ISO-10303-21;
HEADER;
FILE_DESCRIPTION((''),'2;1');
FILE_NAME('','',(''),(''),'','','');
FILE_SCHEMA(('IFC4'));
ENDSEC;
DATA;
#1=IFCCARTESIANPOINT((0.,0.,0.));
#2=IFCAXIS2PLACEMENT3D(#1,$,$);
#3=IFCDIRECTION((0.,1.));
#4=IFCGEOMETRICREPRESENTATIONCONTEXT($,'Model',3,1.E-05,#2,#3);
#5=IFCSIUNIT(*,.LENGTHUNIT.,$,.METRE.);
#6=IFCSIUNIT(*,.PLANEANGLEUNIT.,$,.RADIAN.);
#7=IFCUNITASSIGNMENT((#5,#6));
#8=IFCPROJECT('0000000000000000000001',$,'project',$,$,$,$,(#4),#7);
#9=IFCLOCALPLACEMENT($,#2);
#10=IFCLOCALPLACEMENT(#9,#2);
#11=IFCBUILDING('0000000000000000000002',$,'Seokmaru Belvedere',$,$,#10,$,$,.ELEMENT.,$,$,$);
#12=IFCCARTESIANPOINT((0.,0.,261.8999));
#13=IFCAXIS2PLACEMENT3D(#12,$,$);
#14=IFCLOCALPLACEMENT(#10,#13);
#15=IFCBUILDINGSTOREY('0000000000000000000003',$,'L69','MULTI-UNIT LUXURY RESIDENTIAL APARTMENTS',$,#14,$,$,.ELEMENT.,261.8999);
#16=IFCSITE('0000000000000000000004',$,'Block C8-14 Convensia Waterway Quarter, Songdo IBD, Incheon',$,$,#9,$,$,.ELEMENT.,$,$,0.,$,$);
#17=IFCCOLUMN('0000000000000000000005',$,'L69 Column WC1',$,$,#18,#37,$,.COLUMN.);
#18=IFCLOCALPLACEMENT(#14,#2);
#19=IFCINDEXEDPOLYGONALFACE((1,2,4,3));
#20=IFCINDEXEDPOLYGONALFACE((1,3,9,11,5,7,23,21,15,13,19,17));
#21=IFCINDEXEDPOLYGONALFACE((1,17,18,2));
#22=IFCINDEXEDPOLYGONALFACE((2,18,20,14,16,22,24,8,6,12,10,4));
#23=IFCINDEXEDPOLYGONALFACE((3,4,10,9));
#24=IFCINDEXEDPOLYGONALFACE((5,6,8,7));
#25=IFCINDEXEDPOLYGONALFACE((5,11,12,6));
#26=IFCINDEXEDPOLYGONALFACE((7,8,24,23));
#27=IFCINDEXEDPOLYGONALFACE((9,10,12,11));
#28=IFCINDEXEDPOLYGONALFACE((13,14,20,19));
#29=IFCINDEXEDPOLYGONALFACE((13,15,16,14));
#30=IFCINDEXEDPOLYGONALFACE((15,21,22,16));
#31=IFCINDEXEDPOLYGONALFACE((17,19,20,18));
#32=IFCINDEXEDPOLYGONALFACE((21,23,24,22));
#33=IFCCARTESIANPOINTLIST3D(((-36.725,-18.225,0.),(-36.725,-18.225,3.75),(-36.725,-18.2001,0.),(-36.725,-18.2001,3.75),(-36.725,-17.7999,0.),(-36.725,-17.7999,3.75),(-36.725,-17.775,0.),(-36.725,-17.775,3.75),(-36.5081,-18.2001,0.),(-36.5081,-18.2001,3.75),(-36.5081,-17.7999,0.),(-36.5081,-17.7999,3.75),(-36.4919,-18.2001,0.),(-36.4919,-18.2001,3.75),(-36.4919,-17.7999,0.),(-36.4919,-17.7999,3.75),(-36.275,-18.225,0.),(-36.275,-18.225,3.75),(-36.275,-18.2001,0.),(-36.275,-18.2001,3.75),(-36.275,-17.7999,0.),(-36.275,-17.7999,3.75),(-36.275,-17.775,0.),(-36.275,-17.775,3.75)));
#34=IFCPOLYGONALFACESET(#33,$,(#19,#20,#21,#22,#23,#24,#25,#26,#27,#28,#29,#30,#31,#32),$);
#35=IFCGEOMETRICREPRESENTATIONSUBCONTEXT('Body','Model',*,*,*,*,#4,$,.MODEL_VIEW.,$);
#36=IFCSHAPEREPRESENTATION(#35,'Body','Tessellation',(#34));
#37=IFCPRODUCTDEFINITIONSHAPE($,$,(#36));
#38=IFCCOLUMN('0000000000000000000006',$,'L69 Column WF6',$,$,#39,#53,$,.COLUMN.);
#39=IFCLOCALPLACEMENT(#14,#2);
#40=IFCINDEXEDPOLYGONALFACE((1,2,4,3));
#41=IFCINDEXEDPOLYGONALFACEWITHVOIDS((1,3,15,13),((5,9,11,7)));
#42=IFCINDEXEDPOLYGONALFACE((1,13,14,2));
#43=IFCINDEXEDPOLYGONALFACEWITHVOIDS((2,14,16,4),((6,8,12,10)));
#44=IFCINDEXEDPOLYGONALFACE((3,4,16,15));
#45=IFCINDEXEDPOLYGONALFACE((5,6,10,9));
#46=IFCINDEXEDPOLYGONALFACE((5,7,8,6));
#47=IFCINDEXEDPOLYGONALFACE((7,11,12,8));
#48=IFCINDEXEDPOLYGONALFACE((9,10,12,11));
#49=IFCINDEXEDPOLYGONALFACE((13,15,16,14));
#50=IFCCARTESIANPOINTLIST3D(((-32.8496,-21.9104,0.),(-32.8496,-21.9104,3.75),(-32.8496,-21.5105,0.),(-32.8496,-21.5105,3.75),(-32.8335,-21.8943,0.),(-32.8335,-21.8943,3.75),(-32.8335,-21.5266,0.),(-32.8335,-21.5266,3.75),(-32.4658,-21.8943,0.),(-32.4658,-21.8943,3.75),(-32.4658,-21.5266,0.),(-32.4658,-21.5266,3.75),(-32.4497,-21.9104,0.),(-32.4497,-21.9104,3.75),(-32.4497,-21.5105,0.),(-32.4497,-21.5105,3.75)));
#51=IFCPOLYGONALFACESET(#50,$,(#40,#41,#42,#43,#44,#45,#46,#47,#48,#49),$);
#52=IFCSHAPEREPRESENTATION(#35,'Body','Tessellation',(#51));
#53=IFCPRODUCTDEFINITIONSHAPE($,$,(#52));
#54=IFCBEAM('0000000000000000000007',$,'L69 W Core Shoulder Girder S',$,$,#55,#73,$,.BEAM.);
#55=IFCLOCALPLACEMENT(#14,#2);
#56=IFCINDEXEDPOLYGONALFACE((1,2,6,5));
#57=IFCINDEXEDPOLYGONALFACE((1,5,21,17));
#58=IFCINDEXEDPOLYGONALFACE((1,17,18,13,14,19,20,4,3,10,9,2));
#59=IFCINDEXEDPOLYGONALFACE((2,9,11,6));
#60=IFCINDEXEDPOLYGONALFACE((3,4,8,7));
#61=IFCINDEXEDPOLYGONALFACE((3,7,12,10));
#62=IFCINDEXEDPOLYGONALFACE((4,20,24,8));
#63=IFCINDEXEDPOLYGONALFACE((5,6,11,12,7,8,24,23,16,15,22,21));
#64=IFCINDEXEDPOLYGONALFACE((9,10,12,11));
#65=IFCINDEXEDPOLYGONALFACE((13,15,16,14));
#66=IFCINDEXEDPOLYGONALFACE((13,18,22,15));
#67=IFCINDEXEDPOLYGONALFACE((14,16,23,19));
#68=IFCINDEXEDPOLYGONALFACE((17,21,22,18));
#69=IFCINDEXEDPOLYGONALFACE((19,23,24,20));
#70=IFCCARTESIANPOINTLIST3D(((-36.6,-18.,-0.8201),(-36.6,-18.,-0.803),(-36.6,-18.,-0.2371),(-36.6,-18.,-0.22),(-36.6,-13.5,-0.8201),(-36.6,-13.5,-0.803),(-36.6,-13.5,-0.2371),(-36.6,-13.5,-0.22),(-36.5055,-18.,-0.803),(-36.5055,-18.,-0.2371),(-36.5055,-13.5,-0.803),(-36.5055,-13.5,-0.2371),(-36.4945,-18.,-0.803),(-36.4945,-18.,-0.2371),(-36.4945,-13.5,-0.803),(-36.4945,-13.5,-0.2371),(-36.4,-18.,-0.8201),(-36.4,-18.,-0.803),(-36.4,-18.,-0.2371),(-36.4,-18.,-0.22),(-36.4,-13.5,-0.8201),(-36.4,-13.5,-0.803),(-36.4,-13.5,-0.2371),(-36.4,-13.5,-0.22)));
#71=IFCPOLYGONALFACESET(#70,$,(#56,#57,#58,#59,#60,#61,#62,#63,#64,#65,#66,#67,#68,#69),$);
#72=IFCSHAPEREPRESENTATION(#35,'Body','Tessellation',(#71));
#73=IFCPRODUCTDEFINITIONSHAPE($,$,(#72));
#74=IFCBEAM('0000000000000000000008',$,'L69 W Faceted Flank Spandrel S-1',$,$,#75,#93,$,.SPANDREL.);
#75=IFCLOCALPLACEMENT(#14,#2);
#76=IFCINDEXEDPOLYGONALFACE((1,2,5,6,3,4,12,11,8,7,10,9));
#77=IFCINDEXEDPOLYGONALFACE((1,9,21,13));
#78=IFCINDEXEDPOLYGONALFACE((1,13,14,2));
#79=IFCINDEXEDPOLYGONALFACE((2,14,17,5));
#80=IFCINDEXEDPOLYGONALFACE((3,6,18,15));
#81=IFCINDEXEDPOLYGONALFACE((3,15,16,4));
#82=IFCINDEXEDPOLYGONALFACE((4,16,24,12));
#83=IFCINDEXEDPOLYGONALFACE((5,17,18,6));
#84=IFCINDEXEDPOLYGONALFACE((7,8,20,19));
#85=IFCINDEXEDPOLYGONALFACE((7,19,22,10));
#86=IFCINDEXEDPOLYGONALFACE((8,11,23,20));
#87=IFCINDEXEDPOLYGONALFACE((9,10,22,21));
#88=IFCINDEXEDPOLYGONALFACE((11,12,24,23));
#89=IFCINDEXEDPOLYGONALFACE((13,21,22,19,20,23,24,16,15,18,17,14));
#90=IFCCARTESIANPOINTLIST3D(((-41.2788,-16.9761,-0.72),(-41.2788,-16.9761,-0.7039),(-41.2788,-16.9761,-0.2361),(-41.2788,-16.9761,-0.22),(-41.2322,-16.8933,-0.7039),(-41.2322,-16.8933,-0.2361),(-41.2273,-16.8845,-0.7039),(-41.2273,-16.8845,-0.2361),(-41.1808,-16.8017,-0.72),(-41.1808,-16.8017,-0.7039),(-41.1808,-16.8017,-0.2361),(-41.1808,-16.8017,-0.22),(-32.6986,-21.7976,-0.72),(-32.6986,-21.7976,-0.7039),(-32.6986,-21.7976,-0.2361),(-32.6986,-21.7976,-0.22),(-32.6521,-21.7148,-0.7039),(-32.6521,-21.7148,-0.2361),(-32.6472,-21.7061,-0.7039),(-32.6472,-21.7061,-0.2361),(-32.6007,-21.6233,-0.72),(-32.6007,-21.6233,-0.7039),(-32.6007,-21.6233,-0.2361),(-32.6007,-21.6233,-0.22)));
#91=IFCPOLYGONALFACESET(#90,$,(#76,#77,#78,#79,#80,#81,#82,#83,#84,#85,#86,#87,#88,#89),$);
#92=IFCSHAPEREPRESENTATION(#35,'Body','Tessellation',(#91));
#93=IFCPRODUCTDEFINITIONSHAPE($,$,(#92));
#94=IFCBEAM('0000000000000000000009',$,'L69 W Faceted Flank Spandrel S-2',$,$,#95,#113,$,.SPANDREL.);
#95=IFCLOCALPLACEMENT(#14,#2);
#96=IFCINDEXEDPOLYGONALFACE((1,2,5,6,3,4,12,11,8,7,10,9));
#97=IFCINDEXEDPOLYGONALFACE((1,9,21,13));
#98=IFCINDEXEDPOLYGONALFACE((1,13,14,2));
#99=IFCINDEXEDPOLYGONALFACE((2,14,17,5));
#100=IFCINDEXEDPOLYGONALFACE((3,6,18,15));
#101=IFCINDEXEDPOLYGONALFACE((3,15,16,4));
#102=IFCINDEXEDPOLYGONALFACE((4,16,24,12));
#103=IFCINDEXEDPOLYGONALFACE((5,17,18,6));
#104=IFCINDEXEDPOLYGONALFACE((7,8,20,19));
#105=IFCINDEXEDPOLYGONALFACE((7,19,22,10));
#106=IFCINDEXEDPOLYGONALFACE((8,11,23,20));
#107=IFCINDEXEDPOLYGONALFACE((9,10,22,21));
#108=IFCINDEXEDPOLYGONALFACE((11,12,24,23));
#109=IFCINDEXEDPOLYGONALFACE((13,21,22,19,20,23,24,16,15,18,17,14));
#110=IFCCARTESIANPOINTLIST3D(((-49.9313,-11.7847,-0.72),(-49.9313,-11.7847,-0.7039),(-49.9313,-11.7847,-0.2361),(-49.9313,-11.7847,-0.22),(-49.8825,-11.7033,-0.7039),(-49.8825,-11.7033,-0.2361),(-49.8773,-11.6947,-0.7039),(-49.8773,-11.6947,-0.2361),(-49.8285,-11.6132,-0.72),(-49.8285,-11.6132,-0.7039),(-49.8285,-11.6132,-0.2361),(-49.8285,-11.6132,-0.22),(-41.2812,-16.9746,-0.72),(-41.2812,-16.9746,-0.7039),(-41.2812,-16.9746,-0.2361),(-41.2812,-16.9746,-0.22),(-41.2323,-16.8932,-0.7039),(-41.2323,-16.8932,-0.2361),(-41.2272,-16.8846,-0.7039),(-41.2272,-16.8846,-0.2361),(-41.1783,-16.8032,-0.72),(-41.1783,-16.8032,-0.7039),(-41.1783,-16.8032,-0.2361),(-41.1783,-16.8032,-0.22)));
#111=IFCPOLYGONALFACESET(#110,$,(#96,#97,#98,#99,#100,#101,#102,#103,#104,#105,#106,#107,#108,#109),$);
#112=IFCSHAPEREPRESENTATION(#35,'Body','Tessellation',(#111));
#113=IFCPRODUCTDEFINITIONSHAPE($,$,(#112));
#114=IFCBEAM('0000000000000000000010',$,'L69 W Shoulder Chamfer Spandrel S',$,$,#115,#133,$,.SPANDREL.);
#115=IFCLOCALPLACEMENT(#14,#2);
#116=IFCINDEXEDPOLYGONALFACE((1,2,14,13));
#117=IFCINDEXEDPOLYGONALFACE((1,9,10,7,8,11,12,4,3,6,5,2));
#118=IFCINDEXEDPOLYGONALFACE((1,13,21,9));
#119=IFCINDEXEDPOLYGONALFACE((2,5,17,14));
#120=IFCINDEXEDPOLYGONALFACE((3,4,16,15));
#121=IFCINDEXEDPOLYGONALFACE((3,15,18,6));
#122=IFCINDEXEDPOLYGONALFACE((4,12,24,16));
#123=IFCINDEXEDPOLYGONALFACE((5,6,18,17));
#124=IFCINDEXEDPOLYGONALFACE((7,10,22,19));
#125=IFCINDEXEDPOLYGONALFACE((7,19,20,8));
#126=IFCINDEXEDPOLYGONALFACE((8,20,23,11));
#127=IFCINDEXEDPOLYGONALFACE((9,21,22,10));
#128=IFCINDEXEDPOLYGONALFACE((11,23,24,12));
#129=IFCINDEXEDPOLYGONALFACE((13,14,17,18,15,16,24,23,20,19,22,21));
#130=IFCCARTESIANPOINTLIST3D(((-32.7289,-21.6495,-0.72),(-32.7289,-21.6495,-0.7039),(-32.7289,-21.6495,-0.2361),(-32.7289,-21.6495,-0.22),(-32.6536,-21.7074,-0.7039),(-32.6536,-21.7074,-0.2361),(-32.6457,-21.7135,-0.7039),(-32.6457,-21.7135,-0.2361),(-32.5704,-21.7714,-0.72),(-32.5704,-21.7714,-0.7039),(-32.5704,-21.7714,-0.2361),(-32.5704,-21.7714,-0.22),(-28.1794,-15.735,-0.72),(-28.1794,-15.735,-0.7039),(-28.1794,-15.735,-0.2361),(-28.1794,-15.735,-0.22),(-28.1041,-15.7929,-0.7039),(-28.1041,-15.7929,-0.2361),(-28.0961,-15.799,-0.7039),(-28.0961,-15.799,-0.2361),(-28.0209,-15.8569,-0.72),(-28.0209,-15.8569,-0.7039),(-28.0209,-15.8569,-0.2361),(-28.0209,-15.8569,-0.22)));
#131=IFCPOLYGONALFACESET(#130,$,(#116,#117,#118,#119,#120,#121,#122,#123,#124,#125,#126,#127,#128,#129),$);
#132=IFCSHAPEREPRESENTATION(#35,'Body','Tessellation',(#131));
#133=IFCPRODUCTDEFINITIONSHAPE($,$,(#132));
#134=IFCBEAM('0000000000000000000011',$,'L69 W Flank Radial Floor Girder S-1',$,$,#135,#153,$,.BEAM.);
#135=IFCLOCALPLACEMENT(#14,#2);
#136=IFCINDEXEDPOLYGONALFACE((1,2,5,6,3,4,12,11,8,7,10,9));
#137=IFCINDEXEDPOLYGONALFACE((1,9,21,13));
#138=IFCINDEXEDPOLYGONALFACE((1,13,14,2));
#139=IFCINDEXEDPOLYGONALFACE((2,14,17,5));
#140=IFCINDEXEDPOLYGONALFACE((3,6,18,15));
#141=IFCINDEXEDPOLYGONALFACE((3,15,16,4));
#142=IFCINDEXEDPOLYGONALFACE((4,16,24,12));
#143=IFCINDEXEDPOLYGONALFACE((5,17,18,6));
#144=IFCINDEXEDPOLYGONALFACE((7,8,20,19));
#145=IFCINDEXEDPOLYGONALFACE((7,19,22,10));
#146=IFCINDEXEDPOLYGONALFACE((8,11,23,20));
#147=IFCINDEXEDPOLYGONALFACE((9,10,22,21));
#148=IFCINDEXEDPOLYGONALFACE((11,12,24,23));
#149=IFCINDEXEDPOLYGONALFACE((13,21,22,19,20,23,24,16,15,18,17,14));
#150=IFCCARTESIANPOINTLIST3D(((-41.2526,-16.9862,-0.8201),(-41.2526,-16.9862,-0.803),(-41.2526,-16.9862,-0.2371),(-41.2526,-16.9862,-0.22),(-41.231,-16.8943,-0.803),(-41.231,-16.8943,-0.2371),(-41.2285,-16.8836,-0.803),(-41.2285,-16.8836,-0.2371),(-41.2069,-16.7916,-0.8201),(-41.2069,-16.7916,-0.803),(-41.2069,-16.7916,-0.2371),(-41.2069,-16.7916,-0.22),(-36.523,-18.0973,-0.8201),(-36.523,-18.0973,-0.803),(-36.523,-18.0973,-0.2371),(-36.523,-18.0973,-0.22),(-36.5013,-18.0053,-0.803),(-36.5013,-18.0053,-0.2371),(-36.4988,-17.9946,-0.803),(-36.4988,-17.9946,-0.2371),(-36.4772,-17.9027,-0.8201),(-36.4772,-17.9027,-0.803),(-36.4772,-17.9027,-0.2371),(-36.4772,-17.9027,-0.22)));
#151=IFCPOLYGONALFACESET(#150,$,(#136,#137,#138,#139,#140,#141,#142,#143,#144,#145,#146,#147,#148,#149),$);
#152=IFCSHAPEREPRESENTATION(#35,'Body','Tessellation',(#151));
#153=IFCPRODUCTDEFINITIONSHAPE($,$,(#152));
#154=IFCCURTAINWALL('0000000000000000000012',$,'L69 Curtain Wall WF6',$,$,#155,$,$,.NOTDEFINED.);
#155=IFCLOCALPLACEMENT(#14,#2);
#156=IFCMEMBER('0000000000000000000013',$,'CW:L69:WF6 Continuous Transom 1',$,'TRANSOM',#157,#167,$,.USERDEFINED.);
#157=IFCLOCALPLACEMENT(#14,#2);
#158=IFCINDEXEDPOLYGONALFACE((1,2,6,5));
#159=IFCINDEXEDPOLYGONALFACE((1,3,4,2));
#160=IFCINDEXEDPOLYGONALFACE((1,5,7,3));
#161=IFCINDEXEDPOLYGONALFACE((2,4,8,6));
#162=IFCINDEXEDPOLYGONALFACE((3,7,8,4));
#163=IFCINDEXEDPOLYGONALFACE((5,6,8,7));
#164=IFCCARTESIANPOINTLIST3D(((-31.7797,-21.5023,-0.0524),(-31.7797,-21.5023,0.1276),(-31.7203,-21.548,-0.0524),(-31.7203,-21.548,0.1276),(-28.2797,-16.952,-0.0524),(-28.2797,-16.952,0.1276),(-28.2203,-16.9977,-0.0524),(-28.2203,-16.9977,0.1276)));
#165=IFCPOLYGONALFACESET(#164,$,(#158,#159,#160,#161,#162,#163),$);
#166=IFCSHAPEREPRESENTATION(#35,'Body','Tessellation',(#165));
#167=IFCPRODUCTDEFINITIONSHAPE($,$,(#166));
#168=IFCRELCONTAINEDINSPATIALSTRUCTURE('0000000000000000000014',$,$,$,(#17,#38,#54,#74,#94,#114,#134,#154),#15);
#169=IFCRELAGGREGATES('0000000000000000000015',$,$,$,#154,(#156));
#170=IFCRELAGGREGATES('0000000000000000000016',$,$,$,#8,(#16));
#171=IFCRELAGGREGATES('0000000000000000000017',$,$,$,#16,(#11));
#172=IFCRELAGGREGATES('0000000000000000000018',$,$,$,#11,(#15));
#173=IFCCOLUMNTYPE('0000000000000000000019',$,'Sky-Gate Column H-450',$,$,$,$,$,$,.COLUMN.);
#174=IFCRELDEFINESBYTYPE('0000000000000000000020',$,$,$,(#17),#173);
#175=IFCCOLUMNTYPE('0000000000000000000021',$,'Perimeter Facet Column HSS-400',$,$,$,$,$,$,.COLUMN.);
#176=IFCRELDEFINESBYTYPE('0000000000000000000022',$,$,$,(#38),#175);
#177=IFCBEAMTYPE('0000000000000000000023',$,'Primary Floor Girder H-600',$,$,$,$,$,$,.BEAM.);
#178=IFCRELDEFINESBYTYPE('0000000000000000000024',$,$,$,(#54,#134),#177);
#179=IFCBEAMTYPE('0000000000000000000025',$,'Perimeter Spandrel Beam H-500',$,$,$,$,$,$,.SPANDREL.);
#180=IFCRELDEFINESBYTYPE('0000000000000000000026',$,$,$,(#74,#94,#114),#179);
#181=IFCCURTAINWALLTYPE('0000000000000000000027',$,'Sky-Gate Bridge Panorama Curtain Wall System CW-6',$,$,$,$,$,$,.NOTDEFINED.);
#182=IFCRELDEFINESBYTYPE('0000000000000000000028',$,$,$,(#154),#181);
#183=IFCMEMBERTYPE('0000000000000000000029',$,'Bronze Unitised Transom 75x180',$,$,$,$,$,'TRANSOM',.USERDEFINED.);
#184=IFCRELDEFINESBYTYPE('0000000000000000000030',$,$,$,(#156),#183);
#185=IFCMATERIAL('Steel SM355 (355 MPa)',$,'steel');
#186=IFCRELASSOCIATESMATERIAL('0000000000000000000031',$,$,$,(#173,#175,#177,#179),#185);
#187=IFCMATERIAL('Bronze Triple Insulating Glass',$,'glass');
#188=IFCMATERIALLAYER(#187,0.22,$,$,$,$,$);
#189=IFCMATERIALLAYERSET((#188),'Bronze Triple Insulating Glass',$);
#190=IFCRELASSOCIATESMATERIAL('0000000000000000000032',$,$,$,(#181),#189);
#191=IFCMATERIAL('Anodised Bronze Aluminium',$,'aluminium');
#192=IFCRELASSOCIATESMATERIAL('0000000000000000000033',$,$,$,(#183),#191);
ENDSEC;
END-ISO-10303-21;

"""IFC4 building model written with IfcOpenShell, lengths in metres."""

from ifc_helpers import new_model, si_unit, direction, frame, origin, origin_2d, place, context, subcontext, project, spatial, rectangle, hollow_rectangle, i_section, extrude, source, transform, mapped, material, layer, layer_set, material_profile, profile_set, type_object, type_shapes, element, aggregate, save


model = new_model("IFC4")

# Units and contexts
model_context = context("Model", 3, precision=1e-05, world=origin(), true_north=direction((0.0, 1.0)))
body_context = subcontext(model_context, "Body", "Model", "MODEL_VIEW")
ifc_project = project(units=[si_unit("LENGTHUNIT", "METRE"), si_unit("PLANEANGLEUNIT", "RADIAN")], contexts=[model_context])

# Site, building, storey
site_placement = place(None, origin())
site = spatial("IfcSite", under=ifc_project, at=site_placement, Name="Block C8-14 Convensia Waterway Quarter, Songdo IBD, Incheon", CompositionType="ELEMENT", RefElevation=0.0)
building_placement = place(site_placement, origin())
building = spatial("IfcBuilding", under=site, at=building_placement, Name="Seokmaru Belvedere", CompositionType="ELEMENT")
storey_placement = place(building_placement, frame((0.0, 0.0, 261.8999)))
storey = spatial("IfcBuildingStorey", under=building, at=storey_placement, Name="L69", Description="MULTI-UNIT LUXURY RESIDENTIAL APARTMENTS", CompositionType="ELEMENT", Elevation=261.8999)

# Columns
ifc_material_1 = material(Name="Steel SM355 (355 MPa)", Category="steel")
ifc_material_profile_1 = material_profile(ifc_material_1, i_section(OverallWidth=0.45, OverallDepth=0.45, WebThickness=0.0161, FlangeThickness=0.0249, at=origin_2d()), Name="H-450x450x16x25")
ifc_profile_set_1 = profile_set([ifc_material_profile_1], Name="Steel SM355 (355 MPa)")
column_type_1 = type_object("IfcColumnType", Name="Sky-Gate Column H-450", PredefinedType="COLUMN", material=ifc_profile_set_1)
shared_shape_1 = source(origin(), body_context, "Body", "SweptSolid", [
    extrude(i_section(OverallWidth=0.45, OverallDepth=0.45, WebThickness=0.0161, FlangeThickness=0.0249, at=origin_2d()), origin(), (0.0, 0.0, 1.0), 3.75),
])
type_shapes(column_type_1, [shared_shape_1])
column_1_placement = place(storey_placement, frame((-36.5, -18.0, 0.0), z_axis=(0.0, 0.0, 1.0), x_axis=(1.0, 0.0, 0.0)))
element("IfcColumn", 1, at=column_1_placement, inside=storey, type_object=column_type_1, Name="L69 Column WC1", PredefinedType="COLUMN", context=body_context, shape_type="MappedRepresentation", body=[
    mapped(shared_shape_1, transform((0.0, 0.0, 0.0), scale=1.0)),
])
ifc_material_profile_2 = material_profile(ifc_material_1, hollow_rectangle(XDim=0.3999, YDim=0.3999, WallThickness=0.0161, at=origin_2d()), Name="HSS-400x400x16")
ifc_profile_set_2 = profile_set([ifc_material_profile_2], Name="Steel SM355 (355 MPa)")
column_type_2 = type_object("IfcColumnType", Name="Perimeter Facet Column HSS-400", PredefinedType="COLUMN", material=ifc_profile_set_2)
shared_shape_2 = source(origin(), body_context, "Body", "SweptSolid", [
    extrude(hollow_rectangle(XDim=0.3999, YDim=0.3999, WallThickness=0.0161, at=origin_2d()), origin(), (0.0, 0.0, 1.0), 3.75),
])
type_shapes(column_type_2, [shared_shape_2])
column_2_placement = place(storey_placement, frame((-32.6497, -21.7104, 0.0), z_axis=(0.0, 0.0, 1.0), x_axis=(1.0, 0.0, 0.0)))
element("IfcColumn", 2, at=column_2_placement, inside=storey, type_object=column_type_2, Name="L69 Column WF6", PredefinedType="COLUMN", context=body_context, shape_type="MappedRepresentation", body=[
    mapped(shared_shape_2, transform((0.0, 0.0, 0.0), scale=1.0)),
])

# Beams
ifc_material_profile_3 = material_profile(ifc_material_1, i_section(OverallWidth=0.2, OverallDepth=0.6001, WebThickness=0.011, FlangeThickness=0.0171, at=origin_2d()), Name="H-600x200x11x17")
ifc_profile_set_3 = profile_set([ifc_material_profile_3], Name="Steel SM355 (355 MPa)")
beam_type_1 = type_object("IfcBeamType", Name="Primary Floor Girder H-600", PredefinedType="BEAM", material=ifc_profile_set_3)
shared_shape_3 = source(origin(), body_context, "Body", "SweptSolid", [
    extrude(i_section(OverallWidth=0.2, OverallDepth=0.6001, WebThickness=0.011, FlangeThickness=0.0171, at=origin_2d()), origin(), (0.0, 0.0, 1.0), 4.5),
])
beam_1_placement = place(storey_placement, frame((-36.5, -18.0, -0.52), z_axis=(0.0, 1.0, 0.0), x_axis=(-1.0, 0.0, 0.0)))
element("IfcBeam", 3, at=beam_1_placement, inside=storey, type_object=beam_type_1, Name="L69 W Core Shoulder Girder S", PredefinedType="BEAM", context=body_context, shape_type="MappedRepresentation", body=[
    mapped(shared_shape_3, transform((0.0, 0.0, 0.0), scale=1.0)),
])
ifc_material_profile_4 = material_profile(ifc_material_1, i_section(OverallWidth=0.2, OverallDepth=0.5, WebThickness=0.01, FlangeThickness=0.0161, at=origin_2d()), Name="H-500x200x10x16")
ifc_profile_set_4 = profile_set([ifc_material_profile_4], Name="Steel SM355 (355 MPa)")
beam_type_2 = type_object("IfcBeamType", Name="Perimeter Spandrel Beam H-500", PredefinedType="SPANDREL", material=ifc_profile_set_4)
shared_shape_4 = source(origin(), body_context, "Body", "SweptSolid", [
    extrude(i_section(OverallWidth=0.2, OverallDepth=0.5, WebThickness=0.01, FlangeThickness=0.0161, at=origin_2d()), origin(), (0.0, 0.0, 1.0), 9.842),
])
beam_2_placement = place(storey_placement, frame((-32.6497, -21.7104, -0.47), z_axis=(-0.871782, 0.489894, 0.0), x_axis=(-0.489894, -0.871782, 0.0)))
element("IfcBeam", 4, at=beam_2_placement, inside=storey, type_object=beam_type_2, Name="L69 W Faceted Flank Spandrel S-1", PredefinedType="SPANDREL", context=body_context, shape_type="MappedRepresentation", body=[
    mapped(shared_shape_4, transform((0.0, 0.0, 0.0), scale=1.0)),
])
shared_shape_5 = source(origin(), body_context, "Body", "SweptSolid", [
    extrude(i_section(OverallWidth=0.2, OverallDepth=0.5, WebThickness=0.01, FlangeThickness=0.0161, at=origin_2d()), origin(), (0.0, 0.0, 1.0), 10.0876),
])
beam_3_placement = place(storey_placement, frame((-41.2297, -16.8889, -0.47), z_axis=(-0.857499, 0.514485, 0.0), x_axis=(-0.514485, -0.857499, 0.0)))
element("IfcBeam", 5, at=beam_3_placement, inside=storey, type_object=beam_type_2, Name="L69 W Faceted Flank Spandrel S-2", PredefinedType="SPANDREL", context=body_context, shape_type="MappedRepresentation", body=[
    mapped(shared_shape_5, transform((0.0, 0.0, 0.0), scale=1.0)),
])
shared_shape_6 = source(origin(), body_context, "Body", "SweptSolid", [
    extrude(i_section(OverallWidth=0.2, OverallDepth=0.5, WebThickness=0.01, FlangeThickness=0.0161, at=origin_2d()), origin(), (0.0, 0.0, 1.0), 7.4619),
])
type_shapes(beam_type_2, [shared_shape_4, shared_shape_5, shared_shape_6])
beam_4_placement = place(storey_placement, frame((-32.6497, -21.7104, -0.47), z_axis=(0.609703, 0.79263, 0.0), x_axis=(-0.79263, 0.609703, 0.0)))
element("IfcBeam", 6, at=beam_4_placement, inside=storey, type_object=beam_type_2, Name="L69 W Shoulder Chamfer Spandrel S", PredefinedType="SPANDREL", context=body_context, shape_type="MappedRepresentation", body=[
    mapped(shared_shape_6, transform((0.0, 0.0, 0.0), scale=1.0)),
])
shared_shape_7 = source(origin(), body_context, "Body", "SweptSolid", [
    extrude(i_section(OverallWidth=0.2, OverallDepth=0.6001, WebThickness=0.011, FlangeThickness=0.0171, at=origin_2d()), origin(), (0.0, 0.0, 1.0), 4.8584),
])
type_shapes(beam_type_1, [shared_shape_3, shared_shape_7])
beam_5_placement = place(storey_placement, frame((-41.2297, -16.8889, -0.52), z_axis=(0.973499, -0.228689, 0.0), x_axis=(0.228689, 0.973499, 0.0)))
element("IfcBeam", 7, at=beam_5_placement, inside=storey, type_object=beam_type_1, Name="L69 W Flank Radial Floor Girder S-1", PredefinedType="BEAM", context=body_context, shape_type="MappedRepresentation", body=[
    mapped(shared_shape_7, transform((0.0, 0.0, 0.0), scale=1.0)),
])

# Curtain wall, member
ifc_material_2 = material(Name="Bronze Triple Insulating Glass", Category="glass")
ifc_layer_1 = layer(ifc_material_2, 0.22)
ifc_layer_set_1 = layer_set([ifc_layer_1], Name="Bronze Triple Insulating Glass")
curtain_wall_type = type_object("IfcCurtainWallType", Name="Sky-Gate Bridge Panorama Curtain Wall System CW-6", PredefinedType="NOTDEFINED", material=ifc_layer_set_1)
curtain_wall_1_placement = place(storey_placement, origin())
curtain_wall_1 = element("IfcCurtainWall", 8, at=curtain_wall_1_placement, inside=storey, type_object=curtain_wall_type, Name="L69 Curtain Wall WF6", PredefinedType="NOTDEFINED")
ifc_material_3 = material(Name="Anodised Bronze Aluminium", Category="aluminium")
ifc_material_profile_5 = material_profile(ifc_material_3, rectangle(XDim=0.075, YDim=0.1799, at=origin_2d()), Name="CW-T-75x180")
ifc_profile_set_5 = profile_set([ifc_material_profile_5], Name="Anodised Bronze Aluminium")
member_type_1 = type_object("IfcMemberType", Name="Bronze Unitised Transom 75x180", ElementType="TRANSOM", PredefinedType="USERDEFINED", material=ifc_profile_set_5)
shared_shape_8 = source(origin(), body_context, "Body", "SweptSolid", [
    extrude(rectangle(XDim=0.075, YDim=0.1799, at=origin_2d()), origin(), (0.0, 0.0, 1.0), 5.7407),
])
type_shapes(member_type_1, [shared_shape_8])
member_1_placement = place(storey_placement, frame((-31.75, -21.5251, 0.0376), z_axis=(0.609686, 0.792643, 0.0), x_axis=(-0.792643, 0.609686, 0.0)))
member_1 = element("IfcMember", 9, at=member_1_placement, type_object=member_type_1, Name="CW:L69:WF6 Continuous Transom 1", ObjectType="TRANSOM", PredefinedType="USERDEFINED", context=body_context, shape_type="MappedRepresentation", body=[
    mapped(shared_shape_8, transform((0.0, 0.0, 0.0), scale=1.0)),
])

aggregate(curtain_wall_1, [member_1])

save(model, "model.ifc")
